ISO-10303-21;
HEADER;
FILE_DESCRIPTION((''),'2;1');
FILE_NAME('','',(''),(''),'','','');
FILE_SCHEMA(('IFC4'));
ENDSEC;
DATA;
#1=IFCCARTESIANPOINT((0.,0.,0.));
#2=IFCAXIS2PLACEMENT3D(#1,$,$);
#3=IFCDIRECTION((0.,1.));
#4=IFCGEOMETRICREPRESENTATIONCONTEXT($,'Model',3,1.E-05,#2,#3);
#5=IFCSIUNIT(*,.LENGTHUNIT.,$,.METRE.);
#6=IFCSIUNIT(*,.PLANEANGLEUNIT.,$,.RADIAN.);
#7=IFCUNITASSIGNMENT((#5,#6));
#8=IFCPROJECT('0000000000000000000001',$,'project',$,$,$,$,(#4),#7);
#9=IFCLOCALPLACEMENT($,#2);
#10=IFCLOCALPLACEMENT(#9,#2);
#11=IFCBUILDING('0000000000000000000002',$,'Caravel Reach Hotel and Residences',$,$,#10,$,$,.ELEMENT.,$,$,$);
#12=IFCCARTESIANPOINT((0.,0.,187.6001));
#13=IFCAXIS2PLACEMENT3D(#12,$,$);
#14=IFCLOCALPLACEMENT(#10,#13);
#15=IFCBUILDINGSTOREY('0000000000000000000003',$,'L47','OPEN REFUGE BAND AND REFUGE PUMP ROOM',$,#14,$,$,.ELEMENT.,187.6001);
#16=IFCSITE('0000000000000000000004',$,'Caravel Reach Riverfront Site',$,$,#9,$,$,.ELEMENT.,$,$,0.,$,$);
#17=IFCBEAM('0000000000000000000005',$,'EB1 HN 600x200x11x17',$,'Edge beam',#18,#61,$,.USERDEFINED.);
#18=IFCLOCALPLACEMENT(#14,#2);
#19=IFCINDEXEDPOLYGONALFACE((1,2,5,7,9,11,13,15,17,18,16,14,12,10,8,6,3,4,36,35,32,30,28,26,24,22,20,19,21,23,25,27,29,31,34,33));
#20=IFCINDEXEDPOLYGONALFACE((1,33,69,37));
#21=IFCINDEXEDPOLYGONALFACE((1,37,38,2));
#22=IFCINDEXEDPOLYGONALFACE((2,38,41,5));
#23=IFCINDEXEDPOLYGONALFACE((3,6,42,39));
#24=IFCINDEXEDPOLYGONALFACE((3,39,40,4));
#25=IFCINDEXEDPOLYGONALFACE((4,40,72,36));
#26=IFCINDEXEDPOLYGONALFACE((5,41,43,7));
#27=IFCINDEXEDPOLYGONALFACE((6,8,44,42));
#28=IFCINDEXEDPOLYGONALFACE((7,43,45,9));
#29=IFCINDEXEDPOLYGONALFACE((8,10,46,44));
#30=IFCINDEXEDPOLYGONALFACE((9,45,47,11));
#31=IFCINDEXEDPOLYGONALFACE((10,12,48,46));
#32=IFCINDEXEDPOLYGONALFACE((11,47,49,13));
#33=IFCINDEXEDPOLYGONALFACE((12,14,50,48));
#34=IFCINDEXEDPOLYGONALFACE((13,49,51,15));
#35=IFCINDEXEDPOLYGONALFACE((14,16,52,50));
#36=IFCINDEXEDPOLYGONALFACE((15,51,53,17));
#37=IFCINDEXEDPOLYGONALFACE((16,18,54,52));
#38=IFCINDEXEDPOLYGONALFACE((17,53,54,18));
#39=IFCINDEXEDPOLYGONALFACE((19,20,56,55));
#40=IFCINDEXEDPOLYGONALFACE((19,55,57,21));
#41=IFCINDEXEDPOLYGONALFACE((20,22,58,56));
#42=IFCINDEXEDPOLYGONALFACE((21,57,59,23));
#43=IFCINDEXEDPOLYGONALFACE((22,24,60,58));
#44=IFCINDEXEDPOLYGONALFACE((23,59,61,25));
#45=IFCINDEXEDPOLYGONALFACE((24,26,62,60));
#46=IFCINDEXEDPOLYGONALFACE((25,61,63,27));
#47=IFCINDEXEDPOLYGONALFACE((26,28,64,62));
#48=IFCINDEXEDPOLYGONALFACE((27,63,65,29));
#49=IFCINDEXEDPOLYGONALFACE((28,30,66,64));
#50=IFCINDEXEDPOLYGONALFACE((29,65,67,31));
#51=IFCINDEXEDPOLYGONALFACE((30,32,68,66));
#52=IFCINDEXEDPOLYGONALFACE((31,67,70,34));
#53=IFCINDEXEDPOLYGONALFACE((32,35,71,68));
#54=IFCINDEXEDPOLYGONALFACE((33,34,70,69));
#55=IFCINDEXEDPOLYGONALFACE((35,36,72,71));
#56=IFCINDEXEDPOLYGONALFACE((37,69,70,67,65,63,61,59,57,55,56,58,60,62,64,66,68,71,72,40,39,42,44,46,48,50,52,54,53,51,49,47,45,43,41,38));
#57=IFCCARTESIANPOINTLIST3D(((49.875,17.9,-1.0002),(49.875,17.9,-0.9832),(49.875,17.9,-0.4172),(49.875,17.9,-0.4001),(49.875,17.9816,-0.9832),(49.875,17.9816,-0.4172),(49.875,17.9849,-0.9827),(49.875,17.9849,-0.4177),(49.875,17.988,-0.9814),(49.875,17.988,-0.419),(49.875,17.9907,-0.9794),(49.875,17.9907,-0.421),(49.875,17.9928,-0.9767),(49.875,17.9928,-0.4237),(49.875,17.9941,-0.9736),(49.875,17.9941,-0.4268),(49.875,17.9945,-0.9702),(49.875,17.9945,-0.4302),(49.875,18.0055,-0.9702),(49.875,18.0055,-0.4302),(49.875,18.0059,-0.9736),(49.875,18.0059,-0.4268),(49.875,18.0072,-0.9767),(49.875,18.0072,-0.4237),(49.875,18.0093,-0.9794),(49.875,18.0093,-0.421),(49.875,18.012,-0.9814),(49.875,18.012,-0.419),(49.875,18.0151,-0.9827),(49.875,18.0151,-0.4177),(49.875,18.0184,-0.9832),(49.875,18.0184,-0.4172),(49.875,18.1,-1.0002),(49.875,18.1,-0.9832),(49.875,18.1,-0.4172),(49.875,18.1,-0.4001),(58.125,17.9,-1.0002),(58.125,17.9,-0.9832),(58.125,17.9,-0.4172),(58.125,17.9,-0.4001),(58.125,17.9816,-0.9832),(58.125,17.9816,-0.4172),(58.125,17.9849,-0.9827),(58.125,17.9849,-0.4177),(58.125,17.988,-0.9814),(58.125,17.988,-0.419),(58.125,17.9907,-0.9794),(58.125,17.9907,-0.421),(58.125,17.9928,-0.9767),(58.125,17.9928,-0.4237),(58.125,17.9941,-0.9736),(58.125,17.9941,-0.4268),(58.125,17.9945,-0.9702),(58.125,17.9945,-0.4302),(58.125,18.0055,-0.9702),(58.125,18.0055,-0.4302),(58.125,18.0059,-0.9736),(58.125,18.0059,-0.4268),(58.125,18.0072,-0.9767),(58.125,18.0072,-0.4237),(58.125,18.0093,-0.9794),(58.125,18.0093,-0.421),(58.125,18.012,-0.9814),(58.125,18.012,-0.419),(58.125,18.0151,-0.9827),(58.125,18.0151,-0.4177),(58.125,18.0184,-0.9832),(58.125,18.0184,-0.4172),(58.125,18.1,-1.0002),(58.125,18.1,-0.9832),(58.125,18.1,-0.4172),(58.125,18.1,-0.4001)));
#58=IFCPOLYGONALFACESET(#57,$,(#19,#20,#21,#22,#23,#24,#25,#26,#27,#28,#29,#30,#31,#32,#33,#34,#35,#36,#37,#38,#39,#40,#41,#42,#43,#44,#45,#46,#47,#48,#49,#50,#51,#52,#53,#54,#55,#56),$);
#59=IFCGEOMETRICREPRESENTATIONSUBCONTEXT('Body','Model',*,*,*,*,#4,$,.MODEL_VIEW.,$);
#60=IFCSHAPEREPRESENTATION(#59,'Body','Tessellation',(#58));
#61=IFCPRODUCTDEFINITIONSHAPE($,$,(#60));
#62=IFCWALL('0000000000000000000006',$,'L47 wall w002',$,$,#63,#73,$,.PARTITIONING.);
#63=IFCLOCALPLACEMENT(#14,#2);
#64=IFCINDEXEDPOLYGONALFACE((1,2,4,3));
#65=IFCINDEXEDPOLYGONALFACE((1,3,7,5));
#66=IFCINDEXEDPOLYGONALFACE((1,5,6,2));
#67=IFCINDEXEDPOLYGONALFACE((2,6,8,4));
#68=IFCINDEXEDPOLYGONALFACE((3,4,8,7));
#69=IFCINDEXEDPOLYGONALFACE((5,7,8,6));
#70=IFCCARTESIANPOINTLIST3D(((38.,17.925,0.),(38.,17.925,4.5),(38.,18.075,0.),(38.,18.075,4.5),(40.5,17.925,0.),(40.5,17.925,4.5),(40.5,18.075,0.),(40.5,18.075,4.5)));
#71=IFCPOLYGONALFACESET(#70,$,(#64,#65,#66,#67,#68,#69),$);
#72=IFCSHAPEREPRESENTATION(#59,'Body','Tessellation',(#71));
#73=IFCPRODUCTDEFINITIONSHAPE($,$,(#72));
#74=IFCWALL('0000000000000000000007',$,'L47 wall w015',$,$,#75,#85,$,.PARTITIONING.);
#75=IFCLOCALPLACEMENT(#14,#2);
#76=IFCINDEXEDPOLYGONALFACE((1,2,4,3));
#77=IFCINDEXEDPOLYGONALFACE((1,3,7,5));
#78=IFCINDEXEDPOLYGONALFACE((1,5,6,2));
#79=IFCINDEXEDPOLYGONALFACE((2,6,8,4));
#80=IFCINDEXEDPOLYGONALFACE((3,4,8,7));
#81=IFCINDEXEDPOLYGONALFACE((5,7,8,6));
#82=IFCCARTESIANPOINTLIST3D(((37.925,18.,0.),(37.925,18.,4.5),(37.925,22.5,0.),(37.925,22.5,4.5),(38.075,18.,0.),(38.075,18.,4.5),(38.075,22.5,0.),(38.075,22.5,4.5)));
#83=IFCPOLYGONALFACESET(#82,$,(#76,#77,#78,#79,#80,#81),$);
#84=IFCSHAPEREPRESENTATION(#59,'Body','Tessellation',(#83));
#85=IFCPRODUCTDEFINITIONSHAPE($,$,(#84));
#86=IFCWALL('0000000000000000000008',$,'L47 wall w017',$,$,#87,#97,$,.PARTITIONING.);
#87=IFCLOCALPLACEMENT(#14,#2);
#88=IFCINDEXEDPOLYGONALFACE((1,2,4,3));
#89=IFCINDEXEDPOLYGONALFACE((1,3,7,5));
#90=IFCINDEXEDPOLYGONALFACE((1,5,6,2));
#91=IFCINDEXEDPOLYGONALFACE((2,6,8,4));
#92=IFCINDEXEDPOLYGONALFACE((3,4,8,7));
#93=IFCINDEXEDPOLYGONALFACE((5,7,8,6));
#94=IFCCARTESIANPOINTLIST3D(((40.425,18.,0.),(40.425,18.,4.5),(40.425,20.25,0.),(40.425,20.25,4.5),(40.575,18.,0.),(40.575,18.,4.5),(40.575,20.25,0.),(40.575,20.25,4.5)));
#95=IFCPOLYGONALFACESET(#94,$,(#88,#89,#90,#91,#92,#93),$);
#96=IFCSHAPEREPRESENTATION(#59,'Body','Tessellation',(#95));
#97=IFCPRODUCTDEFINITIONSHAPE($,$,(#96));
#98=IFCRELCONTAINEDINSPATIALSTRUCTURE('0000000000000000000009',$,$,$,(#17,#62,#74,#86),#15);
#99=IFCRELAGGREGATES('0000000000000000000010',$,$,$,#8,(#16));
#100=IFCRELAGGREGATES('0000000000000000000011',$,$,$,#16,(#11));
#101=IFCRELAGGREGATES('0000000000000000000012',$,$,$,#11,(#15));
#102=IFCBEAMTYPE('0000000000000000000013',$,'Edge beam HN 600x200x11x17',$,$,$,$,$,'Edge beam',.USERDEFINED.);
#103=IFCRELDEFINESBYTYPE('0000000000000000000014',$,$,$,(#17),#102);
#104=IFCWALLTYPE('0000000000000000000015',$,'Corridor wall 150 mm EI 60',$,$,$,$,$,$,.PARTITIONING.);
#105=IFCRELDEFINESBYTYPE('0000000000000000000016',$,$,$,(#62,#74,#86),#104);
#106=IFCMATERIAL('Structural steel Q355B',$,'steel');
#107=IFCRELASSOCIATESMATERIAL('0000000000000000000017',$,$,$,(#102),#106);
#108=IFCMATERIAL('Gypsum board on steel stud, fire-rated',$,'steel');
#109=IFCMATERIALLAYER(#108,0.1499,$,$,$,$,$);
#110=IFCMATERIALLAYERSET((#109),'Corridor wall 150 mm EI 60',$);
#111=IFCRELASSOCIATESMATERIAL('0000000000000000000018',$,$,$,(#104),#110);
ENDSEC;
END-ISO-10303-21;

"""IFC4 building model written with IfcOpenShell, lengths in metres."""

from ifc_helpers import new_model, si_unit, direction, frame, frame_2d, origin, origin_2d, place, context, subcontext, project, spatial, rectangle, i_section, extrude, material, layer, layer_set, material_profile, profile_set, type_object, element, save


model = new_model("IFC4")

# Units and contexts
model_context = context("Model", 3, precision=1e-05, world=origin(), true_north=direction((0.0, 1.0)))
body_context = subcontext(model_context, "Body", "Model", "MODEL_VIEW")
ifc_project = project(units=[si_unit("LENGTHUNIT", "METRE"), si_unit("PLANEANGLEUNIT", "RADIAN")], contexts=[model_context])

# Site, building, storey
site_placement = place(None, origin())
site = spatial("IfcSite", under=ifc_project, at=site_placement, Name="Caravel Reach Riverfront Site", CompositionType="ELEMENT", RefElevation=0.0)
building_placement = place(site_placement, origin())
building = spatial("IfcBuilding", under=site, at=building_placement, Name="Caravel Reach Hotel and Residences", CompositionType="ELEMENT")
storey_placement = place(building_placement, frame((0.0, 0.0, 187.6001)))
storey = spatial("IfcBuildingStorey", under=building, at=storey_placement, Name="L47", Description="OPEN REFUGE BAND AND REFUGE PUMP ROOM", CompositionType="ELEMENT", Elevation=187.6001)

# Beam
ifc_material_1 = material(Name="Structural steel Q355B", Category="steel")
ifc_material_profile_1 = material_profile(ifc_material_1, i_section(OverallWidth=0.2, OverallDepth=0.6001, WebThickness=0.011, FlangeThickness=0.0171, FilletRadius=0.0129, at=origin_2d()), Name="HN 600x200x11x17")
ifc_profile_set_1 = profile_set([ifc_material_profile_1], Name="Structural steel Q355B")
beam_type_1 = type_object("IfcBeamType", Name="Edge beam HN 600x200x11x17", ElementType="Edge beam", PredefinedType="USERDEFINED", material=ifc_profile_set_1)
beam_1_placement = place(storey_placement, frame((49.875, 18.0, -0.7002), z_axis=(1.0, 0.0, 0.0), x_axis=(0.0, 1.0, 0.0)))
element("IfcBeam", 1, at=beam_1_placement, inside=storey, type_object=beam_type_1, Name="EB1 HN 600x200x11x17", ObjectType="Edge beam", PredefinedType="USERDEFINED", context=body_context, shape_type="SweptSolid", body=[
    extrude(i_section(OverallWidth=0.2, OverallDepth=0.6001, WebThickness=0.011, FlangeThickness=0.0171, FilletRadius=0.0129, at=origin_2d()), origin(), (0.0, 0.0, 1.0), 8.25),
])

# Walls
ifc_material_2 = material(Name="Gypsum board on steel stud, fire-rated", Category="steel")
ifc_layer = layer(ifc_material_2, 0.1499)
ifc_layer_set = layer_set([ifc_layer], Name="Corridor wall 150 mm EI 60")
wall_type = type_object("IfcWallType", Name="Corridor wall 150 mm EI 60", PredefinedType="PARTITIONING", material=ifc_layer_set)
wall_1_placement = place(storey_placement, frame((38.0, 18.0, 0.0), z_axis=(0.0, 0.0, 1.0), x_axis=(1.0, 0.0, 0.0)))
element("IfcWall", 2, at=wall_1_placement, inside=storey, type_object=wall_type, Name="L47 wall w002", PredefinedType="PARTITIONING", context=body_context, shape_type="SweptSolid", body=[
    extrude(rectangle(XDim=2.5, YDim=0.1499, at=frame_2d((1.25, 0.0))), origin(), (0.0, 0.0, 1.0), 4.5),
])
wall_2_placement = place(storey_placement, frame((38.0, 18.0, 0.0), z_axis=(0.0, 0.0, 1.0), x_axis=(0.0, 1.0, 0.0)))
element("IfcWall", 3, at=wall_2_placement, inside=storey, type_object=wall_type, Name="L47 wall w015", PredefinedType="PARTITIONING", context=body_context, shape_type="SweptSolid", body=[
    extrude(rectangle(XDim=4.5, YDim=0.1499, at=frame_2d((2.25, 0.0))), origin(), (0.0, 0.0, 1.0), 4.5),
])
wall_3_placement = place(storey_placement, frame((40.5, 18.0, 0.0), z_axis=(0.0, 0.0, 1.0), x_axis=(0.0, 1.0, 0.0)))
element("IfcWall", 4, at=wall_3_placement, inside=storey, type_object=wall_type, Name="L47 wall w017", PredefinedType="PARTITIONING", context=body_context, shape_type="SweptSolid", body=[
    extrude(rectangle(XDim=2.25, YDim=0.1499, at=frame_2d((1.125, 0.0))), origin(), (0.0, 0.0, 1.0), 4.5),
])

save(model, "model.ifc")
